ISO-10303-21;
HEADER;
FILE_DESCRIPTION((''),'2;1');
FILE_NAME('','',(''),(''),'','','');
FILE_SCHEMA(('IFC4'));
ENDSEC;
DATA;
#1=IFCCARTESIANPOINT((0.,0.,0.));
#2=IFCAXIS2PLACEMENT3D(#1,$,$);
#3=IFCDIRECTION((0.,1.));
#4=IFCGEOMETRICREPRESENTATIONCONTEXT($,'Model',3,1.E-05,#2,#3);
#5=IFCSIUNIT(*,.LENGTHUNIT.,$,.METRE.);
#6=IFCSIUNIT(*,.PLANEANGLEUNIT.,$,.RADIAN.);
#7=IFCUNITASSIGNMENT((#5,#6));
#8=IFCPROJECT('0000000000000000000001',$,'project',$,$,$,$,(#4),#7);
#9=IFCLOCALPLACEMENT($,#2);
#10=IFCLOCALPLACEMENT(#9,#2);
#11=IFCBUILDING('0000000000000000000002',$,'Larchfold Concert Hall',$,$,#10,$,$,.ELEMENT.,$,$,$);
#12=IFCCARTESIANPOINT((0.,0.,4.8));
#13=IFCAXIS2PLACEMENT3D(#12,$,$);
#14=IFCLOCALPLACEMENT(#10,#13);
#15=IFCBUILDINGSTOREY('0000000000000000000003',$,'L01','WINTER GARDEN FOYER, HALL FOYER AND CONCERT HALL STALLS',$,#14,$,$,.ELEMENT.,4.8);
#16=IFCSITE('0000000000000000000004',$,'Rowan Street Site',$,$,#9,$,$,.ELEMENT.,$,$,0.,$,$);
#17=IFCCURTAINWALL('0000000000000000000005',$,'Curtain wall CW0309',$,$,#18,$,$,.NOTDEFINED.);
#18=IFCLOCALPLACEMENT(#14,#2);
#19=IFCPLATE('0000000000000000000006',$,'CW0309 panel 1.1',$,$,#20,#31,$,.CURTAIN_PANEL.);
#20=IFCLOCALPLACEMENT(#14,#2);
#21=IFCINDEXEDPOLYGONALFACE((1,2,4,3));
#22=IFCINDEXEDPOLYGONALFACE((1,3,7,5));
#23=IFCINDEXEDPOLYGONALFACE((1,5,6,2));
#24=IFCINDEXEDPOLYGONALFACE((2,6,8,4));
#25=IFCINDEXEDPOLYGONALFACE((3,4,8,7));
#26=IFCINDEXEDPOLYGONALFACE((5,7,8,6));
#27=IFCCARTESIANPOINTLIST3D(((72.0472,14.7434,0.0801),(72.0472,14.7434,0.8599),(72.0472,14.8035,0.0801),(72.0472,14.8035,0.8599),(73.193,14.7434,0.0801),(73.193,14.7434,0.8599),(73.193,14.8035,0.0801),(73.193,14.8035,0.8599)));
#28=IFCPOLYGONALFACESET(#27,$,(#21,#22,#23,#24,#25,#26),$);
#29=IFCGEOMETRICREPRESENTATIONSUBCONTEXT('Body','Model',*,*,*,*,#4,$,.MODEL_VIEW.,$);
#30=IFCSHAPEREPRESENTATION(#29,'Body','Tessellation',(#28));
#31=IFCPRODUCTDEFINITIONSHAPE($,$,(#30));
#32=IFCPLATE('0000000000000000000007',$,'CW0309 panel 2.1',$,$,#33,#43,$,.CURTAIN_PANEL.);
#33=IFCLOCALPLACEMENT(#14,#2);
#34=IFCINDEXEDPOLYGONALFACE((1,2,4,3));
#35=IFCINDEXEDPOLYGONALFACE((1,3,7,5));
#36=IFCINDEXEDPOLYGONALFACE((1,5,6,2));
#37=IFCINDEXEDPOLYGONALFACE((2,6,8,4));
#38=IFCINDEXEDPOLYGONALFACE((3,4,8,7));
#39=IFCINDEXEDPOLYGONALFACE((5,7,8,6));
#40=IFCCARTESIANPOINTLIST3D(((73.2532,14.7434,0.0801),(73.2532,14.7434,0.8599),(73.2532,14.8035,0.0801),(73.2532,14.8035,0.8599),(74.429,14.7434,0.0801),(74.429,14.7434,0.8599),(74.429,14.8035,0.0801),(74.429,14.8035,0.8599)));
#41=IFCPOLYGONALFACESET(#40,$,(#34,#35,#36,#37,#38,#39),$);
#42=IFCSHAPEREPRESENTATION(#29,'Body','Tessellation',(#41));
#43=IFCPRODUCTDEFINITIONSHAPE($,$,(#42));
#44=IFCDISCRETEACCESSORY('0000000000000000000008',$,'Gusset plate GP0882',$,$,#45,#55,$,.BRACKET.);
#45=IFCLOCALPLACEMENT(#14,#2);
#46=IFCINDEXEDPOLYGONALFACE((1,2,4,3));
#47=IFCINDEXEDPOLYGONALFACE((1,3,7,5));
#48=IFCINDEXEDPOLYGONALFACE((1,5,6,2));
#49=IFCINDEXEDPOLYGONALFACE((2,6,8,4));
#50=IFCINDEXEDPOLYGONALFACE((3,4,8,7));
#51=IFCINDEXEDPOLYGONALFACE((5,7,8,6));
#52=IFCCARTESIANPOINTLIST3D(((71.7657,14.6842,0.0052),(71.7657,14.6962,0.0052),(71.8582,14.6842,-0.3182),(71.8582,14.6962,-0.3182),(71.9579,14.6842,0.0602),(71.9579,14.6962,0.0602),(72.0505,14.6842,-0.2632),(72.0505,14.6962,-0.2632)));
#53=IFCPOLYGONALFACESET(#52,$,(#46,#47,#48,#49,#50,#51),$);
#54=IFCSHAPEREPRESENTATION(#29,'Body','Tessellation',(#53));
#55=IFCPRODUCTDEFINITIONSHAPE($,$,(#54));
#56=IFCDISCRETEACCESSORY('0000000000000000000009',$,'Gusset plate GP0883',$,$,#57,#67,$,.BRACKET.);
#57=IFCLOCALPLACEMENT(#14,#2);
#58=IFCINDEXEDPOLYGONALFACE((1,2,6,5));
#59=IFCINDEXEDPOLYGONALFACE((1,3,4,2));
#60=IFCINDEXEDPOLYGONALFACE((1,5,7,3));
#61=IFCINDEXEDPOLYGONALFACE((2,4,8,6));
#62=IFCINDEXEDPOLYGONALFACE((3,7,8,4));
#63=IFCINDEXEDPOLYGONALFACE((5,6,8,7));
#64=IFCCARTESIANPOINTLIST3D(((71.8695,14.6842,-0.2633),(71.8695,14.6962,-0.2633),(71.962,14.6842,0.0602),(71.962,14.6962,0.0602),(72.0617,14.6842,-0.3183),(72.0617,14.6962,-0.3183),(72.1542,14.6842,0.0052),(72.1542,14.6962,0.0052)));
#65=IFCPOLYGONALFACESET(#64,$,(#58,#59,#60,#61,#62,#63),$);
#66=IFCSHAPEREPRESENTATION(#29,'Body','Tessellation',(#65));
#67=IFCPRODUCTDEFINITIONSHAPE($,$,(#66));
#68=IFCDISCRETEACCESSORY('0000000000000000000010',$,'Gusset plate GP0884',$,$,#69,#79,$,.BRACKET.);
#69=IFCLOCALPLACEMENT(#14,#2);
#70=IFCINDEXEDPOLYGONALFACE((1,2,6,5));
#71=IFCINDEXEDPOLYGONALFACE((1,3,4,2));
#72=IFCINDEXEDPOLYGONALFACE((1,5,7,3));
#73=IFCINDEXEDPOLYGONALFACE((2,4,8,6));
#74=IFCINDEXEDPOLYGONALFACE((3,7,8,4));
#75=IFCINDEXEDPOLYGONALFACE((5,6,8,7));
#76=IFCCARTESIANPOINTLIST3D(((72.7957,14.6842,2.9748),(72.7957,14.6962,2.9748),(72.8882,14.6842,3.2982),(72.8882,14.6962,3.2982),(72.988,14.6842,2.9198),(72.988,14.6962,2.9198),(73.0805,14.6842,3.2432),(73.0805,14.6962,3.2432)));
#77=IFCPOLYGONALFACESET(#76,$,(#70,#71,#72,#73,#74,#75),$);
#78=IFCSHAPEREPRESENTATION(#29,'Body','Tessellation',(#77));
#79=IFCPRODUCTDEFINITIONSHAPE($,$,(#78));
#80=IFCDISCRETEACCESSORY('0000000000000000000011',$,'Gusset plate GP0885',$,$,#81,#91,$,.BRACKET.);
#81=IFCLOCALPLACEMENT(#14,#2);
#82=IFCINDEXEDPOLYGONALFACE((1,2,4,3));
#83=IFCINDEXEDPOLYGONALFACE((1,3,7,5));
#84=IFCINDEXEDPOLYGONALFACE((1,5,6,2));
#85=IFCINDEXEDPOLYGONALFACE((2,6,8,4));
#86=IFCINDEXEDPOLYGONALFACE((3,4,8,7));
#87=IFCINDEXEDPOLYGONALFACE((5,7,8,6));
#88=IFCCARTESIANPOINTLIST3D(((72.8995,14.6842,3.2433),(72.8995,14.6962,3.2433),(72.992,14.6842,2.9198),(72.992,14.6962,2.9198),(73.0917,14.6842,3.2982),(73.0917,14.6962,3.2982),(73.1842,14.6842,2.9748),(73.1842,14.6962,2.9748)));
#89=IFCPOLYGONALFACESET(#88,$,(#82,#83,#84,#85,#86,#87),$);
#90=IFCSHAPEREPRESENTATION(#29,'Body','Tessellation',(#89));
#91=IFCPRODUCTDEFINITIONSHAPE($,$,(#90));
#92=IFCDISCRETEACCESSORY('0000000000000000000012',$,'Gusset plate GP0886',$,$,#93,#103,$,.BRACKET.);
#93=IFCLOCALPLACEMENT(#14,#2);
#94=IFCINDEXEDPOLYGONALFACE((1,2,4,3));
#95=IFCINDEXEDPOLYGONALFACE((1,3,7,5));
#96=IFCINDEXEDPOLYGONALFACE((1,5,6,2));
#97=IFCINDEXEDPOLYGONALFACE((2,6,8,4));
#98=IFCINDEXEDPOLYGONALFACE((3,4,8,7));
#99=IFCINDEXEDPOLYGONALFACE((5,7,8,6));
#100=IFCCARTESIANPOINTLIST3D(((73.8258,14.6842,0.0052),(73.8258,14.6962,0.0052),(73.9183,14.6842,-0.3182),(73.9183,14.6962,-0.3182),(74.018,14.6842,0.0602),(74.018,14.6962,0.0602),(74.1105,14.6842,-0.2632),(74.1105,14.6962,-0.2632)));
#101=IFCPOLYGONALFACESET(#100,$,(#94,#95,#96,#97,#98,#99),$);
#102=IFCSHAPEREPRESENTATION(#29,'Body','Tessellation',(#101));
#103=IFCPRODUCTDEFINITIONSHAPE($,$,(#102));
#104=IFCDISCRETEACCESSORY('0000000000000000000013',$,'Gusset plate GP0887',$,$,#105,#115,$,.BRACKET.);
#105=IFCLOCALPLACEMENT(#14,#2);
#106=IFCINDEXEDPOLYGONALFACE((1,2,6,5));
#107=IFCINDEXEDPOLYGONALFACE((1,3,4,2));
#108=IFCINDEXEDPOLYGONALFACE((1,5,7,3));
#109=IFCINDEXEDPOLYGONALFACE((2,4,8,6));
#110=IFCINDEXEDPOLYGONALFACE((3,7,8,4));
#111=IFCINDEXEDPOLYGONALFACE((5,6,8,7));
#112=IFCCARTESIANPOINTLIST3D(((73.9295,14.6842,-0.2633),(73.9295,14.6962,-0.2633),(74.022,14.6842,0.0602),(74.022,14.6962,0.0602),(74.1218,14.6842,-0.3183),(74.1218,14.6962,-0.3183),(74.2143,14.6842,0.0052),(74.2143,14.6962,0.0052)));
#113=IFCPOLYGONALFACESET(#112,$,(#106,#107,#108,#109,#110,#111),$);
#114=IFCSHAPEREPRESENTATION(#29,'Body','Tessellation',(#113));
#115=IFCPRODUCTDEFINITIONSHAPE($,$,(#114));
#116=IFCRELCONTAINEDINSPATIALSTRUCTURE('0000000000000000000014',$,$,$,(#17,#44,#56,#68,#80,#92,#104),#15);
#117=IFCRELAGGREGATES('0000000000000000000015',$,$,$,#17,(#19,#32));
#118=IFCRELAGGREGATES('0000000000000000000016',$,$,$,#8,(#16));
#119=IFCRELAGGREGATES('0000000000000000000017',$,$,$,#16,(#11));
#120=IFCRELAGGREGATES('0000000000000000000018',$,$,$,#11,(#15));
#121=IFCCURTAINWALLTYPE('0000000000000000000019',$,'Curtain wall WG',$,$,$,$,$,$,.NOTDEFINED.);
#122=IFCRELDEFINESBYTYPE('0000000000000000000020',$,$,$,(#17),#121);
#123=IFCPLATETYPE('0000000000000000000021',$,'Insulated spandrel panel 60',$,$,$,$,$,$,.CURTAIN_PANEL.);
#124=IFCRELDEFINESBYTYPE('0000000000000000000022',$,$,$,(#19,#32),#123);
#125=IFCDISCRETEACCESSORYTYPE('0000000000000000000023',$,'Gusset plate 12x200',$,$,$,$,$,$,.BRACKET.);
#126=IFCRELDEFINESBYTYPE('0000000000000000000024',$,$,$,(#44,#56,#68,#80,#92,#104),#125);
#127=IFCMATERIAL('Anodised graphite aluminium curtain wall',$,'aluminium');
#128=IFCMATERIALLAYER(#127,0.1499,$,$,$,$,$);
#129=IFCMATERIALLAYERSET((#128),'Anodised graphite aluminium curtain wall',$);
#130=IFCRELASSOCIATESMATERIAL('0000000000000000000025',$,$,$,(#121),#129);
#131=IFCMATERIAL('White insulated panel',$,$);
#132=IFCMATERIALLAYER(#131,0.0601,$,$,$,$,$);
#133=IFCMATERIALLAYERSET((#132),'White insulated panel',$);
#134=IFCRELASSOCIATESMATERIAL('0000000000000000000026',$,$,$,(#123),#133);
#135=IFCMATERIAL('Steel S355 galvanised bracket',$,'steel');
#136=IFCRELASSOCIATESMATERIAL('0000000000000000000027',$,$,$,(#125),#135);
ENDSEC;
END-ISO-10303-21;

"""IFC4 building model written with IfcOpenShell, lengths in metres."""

from ifc_helpers import new_model, si_unit, direction, frame, origin, origin_2d, place, context, subcontext, project, spatial, rectangle, extrude, material, layer, layer_set, material_profile, profile_set, type_object, element, aggregate, save


model = new_model("IFC4")

# Units and contexts
model_context = context("Model", 3, precision=1e-05, world=origin(), true_north=direction((0.0, 1.0)))
body_context = subcontext(model_context, "Body", "Model", "MODEL_VIEW")
ifc_project = project(units=[si_unit("LENGTHUNIT", "METRE"), si_unit("PLANEANGLEUNIT", "RADIAN")], contexts=[model_context])

# Site, building, storey
site_placement = place(None, origin())
site = spatial("IfcSite", under=ifc_project, at=site_placement, Name="Rowan Street Site", CompositionType="ELEMENT", RefElevation=0.0)
building_placement = place(site_placement, origin())
building = spatial("IfcBuilding", under=site, at=building_placement, Name="Larchfold Concert Hall", CompositionType="ELEMENT")
storey_placement = place(building_placement, frame((0.0, 0.0, 4.8)))
storey = spatial("IfcBuildingStorey", under=building, at=storey_placement, Name="L01", Description="WINTER GARDEN FOYER, HALL FOYER AND CONCERT HALL STALLS", CompositionType="ELEMENT", Elevation=4.8)

# Shared definitions
ifc_material_1 = material(Name="Anodised graphite aluminium curtain wall", Category="aluminium")
ifc_layer_1 = layer(ifc_material_1, 0.1499)
ifc_layer_set_1 = layer_set([ifc_layer_1], Name="Anodised graphite aluminium curtain wall")
curtain_wall_type = type_object("IfcCurtainWallType", Name="Curtain wall WG", PredefinedType="NOTDEFINED", material=ifc_layer_set_1)

# Curtain wall
curtain_wall_1_placement = place(storey_placement, origin())
curtain_wall_1 = element("IfcCurtainWall", 1, at=curtain_wall_1_placement, inside=storey, type_object=curtain_wall_type, Name="Curtain wall CW0309", PredefinedType="NOTDEFINED")

# Plates
ifc_material_2 = material(Name="White insulated panel")
ifc_layer_2 = layer(ifc_material_2, 0.0601)
ifc_layer_set_2 = layer_set([ifc_layer_2], Name="White insulated panel")
plate_type_1 = type_object("IfcPlateType", Name="Insulated spandrel panel 60", PredefinedType="CURTAIN_PANEL", material=ifc_layer_set_2)
plate_1_placement = place(storey_placement, frame((72.6201, 14.7734, 0.0801), z_axis=(0.0, 0.0, 1.0), x_axis=(1.0, 0.0, 0.0)))
plate_1 = element("IfcPlate", 2, at=plate_1_placement, type_object=plate_type_1, Name="CW0309 panel 1.1", PredefinedType="CURTAIN_PANEL", context=body_context, shape_type="SweptSolid", body=[
    extrude(rectangle(XDim=1.1458, YDim=0.0601, at=origin_2d()), origin(), (0.0, 0.0, 1.0), 0.7798),
])
plate_2_placement = place(storey_placement, frame((73.8411, 14.7734, 0.0801), z_axis=(0.0, 0.0, 1.0), x_axis=(1.0, 0.0, 0.0)))
plate_2 = element("IfcPlate", 3, at=plate_2_placement, type_object=plate_type_1, Name="CW0309 panel 2.1", PredefinedType="CURTAIN_PANEL", context=body_context, shape_type="SweptSolid", body=[
    extrude(rectangle(XDim=1.1758, YDim=0.0601, at=origin_2d()), origin(), (0.0, 0.0, 1.0), 0.7798),
])
aggregate(curtain_wall_1, [plate_1, plate_2])

# Discrete accessories
ifc_material_3 = material(Name="Steel S355 galvanised bracket", Category="steel")
ifc_material_profile_1 = material_profile(ifc_material_3, rectangle(XDim=0.012, YDim=0.2, at=origin_2d()))
ifc_profile_set_1 = profile_set([ifc_material_profile_1], Name="Steel S355 galvanised bracket")
discrete_accessory_type = type_object("IfcDiscreteAccessoryType", Name="Gusset plate 12x200", PredefinedType="BRACKET", material=ifc_profile_set_1)
for number, where, z_axis, x_axis, name in (
    (4, (71.8618, 14.6902, 0.0327), (0.275009, 0.0, -0.961442), (0.0, 1.0, 0.0), "Gusset plate GP0882"),
    (5, (71.9656, 14.6902, -0.2908), (0.275009, 0.0, 0.961442), (0.0, 1.0, 0.0), "Gusset plate GP0883"),
    (6, (72.8918, 14.6902, 2.9473), (0.275009, 0.0, 0.961442), (0.0, 1.0, 0.0), "Gusset plate GP0884"),
    (7, (72.9956, 14.6902, 3.2708), (0.275009, 0.0, -0.961442), (0.0, 1.0, 0.0), "Gusset plate GP0885"),
    (8, (73.9219, 14.6902, 0.0327), (0.275009, 0.0, -0.961442), (0.0, 1.0, 0.0), "Gusset plate GP0886"),
    (9, (74.0256, 14.6902, -0.2908), (0.275009, 0.0, 0.961442), (0.0, 1.0, 0.0), "Gusset plate GP0887"),
):
    element("IfcDiscreteAccessory", number, at=place(storey_placement, frame(where, z_axis=z_axis, x_axis=x_axis)), inside=storey, type_object=discrete_accessory_type, Name=name, PredefinedType="BRACKET", context=body_context, shape_type="SweptSolid", body=[
        extrude(rectangle(XDim=0.012, YDim=0.2, at=origin_2d()), origin(), (0.0, 0.0, 1.0), 0.3364),
    ])

save(model, "model.ifc")
